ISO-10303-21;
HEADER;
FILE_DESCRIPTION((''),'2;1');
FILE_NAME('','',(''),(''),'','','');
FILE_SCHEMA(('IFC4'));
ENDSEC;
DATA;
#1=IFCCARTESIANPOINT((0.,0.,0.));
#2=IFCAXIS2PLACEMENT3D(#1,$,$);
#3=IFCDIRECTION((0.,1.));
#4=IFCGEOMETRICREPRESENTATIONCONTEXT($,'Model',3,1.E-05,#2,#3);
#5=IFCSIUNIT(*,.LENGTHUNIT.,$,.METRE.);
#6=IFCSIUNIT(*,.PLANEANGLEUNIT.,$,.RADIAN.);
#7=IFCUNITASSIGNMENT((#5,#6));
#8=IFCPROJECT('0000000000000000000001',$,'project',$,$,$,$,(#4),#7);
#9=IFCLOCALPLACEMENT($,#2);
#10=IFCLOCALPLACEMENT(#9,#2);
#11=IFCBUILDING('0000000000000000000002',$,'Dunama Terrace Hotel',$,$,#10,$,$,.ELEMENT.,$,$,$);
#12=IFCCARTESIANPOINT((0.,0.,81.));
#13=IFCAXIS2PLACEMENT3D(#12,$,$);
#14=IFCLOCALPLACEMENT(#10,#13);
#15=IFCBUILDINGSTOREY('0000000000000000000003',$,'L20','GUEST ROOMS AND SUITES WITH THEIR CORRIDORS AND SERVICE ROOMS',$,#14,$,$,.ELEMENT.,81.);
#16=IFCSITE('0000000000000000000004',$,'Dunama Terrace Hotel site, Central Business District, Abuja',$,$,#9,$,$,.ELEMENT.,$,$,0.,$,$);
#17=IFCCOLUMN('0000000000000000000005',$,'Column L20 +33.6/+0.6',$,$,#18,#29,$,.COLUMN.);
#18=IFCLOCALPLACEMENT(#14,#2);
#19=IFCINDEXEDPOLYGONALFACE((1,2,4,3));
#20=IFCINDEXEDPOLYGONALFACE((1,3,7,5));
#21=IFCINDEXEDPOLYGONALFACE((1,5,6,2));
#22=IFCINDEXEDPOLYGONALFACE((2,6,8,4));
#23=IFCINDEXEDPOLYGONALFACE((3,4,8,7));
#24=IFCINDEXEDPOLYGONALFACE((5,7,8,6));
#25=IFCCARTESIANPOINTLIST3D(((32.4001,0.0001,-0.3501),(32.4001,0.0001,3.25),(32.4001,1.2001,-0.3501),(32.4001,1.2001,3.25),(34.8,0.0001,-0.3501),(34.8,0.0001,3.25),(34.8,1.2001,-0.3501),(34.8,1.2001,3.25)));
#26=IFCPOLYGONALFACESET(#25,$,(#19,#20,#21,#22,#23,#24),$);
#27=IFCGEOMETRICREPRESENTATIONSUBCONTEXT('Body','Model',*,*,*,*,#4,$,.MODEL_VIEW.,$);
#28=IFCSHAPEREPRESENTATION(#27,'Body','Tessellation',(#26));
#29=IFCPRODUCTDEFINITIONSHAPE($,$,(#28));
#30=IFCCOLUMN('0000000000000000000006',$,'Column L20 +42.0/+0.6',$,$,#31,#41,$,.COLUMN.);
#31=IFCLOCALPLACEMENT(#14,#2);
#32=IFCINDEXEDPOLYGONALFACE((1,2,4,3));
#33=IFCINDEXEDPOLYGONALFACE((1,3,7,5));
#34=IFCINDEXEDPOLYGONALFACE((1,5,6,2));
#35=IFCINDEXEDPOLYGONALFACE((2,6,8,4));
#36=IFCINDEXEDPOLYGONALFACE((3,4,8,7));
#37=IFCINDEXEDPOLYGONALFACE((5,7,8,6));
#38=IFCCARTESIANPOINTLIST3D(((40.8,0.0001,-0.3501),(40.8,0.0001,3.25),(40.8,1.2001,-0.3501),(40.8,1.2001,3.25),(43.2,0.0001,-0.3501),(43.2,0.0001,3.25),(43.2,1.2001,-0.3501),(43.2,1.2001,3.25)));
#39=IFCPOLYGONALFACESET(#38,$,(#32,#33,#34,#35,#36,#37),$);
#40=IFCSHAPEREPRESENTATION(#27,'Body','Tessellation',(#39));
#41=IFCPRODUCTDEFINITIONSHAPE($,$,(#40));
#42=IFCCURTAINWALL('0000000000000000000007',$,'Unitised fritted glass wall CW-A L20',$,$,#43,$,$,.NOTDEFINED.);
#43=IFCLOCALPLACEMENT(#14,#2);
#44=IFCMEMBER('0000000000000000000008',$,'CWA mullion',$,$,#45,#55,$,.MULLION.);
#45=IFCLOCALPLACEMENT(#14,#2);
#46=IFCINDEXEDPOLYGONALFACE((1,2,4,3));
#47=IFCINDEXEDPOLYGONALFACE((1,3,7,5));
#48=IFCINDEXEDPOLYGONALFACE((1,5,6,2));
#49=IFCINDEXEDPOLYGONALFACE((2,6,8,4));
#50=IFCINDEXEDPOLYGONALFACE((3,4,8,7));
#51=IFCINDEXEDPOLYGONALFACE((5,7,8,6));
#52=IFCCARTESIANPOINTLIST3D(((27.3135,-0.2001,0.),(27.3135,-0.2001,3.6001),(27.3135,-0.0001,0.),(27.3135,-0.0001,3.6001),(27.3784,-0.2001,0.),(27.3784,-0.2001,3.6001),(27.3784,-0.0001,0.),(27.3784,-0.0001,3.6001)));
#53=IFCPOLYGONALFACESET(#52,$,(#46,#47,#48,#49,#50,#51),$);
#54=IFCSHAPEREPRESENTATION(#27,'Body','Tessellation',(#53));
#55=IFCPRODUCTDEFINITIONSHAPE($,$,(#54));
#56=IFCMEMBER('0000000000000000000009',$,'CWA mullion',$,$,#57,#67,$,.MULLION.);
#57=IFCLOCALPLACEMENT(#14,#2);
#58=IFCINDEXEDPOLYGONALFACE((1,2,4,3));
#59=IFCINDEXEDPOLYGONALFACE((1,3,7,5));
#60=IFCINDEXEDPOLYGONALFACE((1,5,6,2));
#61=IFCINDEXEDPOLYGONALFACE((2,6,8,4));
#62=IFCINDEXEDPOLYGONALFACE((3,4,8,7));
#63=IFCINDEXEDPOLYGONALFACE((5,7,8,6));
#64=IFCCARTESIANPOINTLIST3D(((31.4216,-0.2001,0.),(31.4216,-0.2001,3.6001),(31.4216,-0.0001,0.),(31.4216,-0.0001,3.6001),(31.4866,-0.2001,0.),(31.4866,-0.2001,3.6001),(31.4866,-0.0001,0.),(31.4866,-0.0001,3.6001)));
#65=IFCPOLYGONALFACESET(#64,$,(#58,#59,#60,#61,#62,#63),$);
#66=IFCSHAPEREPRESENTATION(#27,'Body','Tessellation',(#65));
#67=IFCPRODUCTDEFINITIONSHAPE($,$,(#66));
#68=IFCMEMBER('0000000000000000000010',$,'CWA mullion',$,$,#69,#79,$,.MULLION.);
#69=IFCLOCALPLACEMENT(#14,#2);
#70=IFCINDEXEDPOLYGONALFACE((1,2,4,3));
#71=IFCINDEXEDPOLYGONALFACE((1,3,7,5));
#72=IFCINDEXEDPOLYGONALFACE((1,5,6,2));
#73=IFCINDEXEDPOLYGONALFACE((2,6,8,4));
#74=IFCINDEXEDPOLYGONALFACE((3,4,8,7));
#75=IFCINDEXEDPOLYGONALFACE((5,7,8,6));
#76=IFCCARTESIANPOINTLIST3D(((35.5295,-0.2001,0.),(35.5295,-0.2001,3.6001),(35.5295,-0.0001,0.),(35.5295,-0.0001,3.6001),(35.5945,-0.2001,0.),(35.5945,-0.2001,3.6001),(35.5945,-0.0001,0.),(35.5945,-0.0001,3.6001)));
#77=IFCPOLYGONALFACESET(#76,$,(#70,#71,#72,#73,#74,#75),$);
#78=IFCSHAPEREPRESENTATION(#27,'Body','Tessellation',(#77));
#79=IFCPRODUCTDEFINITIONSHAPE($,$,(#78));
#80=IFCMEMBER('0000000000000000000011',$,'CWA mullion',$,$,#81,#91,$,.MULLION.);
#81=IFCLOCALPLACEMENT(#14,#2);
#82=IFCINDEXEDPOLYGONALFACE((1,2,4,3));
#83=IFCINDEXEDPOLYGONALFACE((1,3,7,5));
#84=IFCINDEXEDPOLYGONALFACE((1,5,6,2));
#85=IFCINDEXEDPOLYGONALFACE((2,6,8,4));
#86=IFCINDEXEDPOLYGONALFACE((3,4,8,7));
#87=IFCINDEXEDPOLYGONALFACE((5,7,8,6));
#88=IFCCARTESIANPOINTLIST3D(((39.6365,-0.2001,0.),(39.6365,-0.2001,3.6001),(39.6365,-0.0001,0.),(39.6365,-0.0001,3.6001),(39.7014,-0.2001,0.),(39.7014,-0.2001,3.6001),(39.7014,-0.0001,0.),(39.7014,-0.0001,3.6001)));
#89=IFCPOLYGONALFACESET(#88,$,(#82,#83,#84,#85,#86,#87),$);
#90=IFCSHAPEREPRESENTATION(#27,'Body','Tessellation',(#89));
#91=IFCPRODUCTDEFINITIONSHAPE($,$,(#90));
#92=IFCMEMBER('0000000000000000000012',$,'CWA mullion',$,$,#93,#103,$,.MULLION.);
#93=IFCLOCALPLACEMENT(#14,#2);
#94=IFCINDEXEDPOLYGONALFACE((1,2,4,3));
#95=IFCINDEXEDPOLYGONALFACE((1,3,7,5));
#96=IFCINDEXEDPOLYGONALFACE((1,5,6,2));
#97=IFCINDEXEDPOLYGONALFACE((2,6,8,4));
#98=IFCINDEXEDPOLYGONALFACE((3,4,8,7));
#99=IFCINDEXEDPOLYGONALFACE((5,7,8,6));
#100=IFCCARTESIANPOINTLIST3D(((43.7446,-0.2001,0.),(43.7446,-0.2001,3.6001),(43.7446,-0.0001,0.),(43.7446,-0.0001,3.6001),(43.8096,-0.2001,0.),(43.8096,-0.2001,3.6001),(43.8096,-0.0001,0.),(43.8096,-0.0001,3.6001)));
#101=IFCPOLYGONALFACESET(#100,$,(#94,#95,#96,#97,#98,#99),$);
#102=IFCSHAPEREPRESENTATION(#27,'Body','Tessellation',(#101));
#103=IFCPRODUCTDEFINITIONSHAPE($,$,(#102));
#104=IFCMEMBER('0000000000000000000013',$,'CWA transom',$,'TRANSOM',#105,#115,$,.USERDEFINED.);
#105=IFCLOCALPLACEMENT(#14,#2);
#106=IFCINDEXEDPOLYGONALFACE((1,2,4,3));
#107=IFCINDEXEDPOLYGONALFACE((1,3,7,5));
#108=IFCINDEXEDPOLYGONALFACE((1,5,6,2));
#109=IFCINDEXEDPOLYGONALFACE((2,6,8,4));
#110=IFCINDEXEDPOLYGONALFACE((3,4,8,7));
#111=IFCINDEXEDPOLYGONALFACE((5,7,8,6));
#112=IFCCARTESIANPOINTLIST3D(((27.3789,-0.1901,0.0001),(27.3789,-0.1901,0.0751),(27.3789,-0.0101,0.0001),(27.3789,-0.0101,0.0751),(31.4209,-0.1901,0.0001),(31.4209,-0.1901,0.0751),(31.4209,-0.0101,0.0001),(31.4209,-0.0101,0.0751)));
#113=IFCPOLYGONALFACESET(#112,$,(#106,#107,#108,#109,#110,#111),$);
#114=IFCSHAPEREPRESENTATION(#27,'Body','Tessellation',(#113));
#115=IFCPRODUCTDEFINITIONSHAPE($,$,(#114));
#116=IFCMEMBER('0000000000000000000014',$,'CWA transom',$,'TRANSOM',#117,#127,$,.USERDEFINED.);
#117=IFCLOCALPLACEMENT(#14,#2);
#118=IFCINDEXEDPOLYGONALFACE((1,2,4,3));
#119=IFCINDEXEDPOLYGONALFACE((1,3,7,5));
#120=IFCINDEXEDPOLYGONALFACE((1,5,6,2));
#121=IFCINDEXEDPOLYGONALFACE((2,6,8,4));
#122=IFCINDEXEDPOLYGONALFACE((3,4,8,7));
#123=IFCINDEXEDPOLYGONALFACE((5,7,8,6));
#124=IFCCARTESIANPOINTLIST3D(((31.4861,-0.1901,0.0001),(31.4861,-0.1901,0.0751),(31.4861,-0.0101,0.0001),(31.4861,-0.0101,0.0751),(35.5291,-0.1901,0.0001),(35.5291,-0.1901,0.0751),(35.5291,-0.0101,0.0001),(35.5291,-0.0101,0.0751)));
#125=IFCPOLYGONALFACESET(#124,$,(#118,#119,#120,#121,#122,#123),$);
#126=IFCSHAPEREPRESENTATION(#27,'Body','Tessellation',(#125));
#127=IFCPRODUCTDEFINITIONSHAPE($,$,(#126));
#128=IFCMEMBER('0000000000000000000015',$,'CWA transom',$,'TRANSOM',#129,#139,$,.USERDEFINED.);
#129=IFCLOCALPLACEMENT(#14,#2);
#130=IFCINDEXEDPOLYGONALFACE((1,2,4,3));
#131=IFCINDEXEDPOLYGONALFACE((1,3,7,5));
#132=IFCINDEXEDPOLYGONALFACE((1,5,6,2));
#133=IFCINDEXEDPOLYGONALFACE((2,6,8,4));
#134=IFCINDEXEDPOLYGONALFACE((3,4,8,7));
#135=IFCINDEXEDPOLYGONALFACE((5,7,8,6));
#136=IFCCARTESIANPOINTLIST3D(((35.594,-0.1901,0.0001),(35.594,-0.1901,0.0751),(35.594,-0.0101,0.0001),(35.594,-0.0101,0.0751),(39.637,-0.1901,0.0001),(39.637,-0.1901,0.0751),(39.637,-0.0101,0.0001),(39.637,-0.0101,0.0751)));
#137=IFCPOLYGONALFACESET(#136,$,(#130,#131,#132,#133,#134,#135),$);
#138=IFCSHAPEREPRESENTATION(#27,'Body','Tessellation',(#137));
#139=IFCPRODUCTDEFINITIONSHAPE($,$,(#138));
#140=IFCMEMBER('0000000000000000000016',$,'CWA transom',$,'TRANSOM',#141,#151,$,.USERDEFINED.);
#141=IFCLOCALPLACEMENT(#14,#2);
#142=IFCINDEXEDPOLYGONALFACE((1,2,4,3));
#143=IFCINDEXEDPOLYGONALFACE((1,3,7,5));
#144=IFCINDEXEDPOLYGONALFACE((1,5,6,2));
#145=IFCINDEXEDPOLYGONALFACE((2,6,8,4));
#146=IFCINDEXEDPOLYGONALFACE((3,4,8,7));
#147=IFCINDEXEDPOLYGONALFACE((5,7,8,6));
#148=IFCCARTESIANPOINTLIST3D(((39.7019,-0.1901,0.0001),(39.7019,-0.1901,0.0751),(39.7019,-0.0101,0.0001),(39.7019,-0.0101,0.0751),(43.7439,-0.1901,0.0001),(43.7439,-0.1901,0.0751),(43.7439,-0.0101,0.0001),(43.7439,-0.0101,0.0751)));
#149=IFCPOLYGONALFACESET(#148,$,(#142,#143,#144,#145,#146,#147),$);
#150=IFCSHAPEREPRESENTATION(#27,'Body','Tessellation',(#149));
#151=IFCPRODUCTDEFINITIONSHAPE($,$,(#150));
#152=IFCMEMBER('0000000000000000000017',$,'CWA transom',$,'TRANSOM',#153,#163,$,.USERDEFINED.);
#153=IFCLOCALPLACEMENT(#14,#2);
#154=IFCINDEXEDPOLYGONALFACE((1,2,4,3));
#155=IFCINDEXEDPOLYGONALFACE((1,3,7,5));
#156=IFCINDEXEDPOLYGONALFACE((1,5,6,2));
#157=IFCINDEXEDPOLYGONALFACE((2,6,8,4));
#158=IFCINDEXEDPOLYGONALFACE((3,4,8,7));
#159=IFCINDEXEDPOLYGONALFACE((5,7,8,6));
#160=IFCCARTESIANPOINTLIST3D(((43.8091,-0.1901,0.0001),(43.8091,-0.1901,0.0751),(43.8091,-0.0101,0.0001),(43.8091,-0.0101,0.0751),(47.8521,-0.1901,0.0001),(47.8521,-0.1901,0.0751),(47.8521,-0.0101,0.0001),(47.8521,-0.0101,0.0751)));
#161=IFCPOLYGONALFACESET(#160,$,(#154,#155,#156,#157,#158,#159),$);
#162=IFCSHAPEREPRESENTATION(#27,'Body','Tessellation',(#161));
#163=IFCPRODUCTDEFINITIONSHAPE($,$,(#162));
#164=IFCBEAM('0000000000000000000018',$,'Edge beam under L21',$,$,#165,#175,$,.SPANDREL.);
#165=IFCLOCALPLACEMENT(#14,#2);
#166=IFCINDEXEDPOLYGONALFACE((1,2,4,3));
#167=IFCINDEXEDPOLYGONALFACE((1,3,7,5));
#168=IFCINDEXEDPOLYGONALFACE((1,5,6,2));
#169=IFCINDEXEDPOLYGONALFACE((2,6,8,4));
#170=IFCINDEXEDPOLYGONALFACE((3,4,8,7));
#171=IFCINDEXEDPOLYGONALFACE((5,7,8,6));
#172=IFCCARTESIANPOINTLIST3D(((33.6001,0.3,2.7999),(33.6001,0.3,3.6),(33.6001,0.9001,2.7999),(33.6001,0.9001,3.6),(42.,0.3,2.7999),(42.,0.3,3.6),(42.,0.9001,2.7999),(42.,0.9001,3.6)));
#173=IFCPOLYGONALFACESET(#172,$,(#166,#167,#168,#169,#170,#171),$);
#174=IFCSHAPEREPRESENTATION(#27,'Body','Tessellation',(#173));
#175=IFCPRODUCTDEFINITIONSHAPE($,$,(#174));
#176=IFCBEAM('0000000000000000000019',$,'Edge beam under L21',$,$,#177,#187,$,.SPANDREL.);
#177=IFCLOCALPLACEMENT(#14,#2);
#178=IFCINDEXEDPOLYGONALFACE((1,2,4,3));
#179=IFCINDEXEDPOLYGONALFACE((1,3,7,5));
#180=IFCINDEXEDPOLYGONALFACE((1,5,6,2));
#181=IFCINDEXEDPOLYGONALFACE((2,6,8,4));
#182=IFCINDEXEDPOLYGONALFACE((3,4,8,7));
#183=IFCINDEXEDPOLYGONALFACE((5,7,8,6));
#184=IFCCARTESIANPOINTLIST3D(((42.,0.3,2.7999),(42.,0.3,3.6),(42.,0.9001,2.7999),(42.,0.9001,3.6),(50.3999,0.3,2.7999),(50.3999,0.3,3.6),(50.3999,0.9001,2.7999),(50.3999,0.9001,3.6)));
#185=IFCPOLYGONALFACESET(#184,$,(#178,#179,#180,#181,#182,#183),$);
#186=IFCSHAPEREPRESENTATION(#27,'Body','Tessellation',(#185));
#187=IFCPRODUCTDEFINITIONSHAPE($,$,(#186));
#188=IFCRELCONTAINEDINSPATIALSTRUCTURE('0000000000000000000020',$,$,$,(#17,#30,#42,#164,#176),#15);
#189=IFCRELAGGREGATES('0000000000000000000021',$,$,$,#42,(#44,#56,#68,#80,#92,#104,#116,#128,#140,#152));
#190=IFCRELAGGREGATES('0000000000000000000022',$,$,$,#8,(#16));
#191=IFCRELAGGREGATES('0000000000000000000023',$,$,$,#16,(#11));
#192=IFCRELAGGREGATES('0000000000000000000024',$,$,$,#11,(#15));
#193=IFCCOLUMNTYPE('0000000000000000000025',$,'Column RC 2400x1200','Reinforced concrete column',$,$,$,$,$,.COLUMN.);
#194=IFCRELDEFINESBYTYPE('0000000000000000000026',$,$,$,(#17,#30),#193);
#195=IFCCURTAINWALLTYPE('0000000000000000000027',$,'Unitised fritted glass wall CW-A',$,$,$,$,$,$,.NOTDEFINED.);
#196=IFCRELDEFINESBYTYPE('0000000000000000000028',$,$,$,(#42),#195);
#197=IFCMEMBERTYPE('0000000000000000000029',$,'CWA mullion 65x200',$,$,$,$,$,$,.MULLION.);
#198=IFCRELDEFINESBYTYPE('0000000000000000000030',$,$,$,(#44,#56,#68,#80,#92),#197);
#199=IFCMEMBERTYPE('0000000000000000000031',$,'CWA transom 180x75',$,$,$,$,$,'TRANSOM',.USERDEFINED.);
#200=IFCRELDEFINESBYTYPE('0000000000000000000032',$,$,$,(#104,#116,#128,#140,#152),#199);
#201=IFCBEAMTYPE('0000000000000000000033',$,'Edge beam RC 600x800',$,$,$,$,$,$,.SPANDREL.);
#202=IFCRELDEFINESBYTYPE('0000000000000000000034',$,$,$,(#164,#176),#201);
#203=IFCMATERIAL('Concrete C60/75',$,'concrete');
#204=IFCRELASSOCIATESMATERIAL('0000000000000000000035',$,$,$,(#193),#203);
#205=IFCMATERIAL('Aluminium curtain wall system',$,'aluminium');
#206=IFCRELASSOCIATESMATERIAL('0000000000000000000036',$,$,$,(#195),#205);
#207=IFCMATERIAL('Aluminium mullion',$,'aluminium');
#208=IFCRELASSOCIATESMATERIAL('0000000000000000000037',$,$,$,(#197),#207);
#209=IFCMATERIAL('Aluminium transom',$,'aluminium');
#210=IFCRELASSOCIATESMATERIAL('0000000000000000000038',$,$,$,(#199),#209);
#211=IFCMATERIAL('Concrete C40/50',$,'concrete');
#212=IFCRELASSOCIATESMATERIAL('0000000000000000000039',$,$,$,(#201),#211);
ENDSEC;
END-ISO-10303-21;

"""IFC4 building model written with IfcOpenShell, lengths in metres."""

from ifc_helpers import new_model, si_unit, direction, frame, origin, origin_2d, place, context, subcontext, project, spatial, rectangle, extrude, material, material_profile, profile_set, type_object, element, aggregate, save


model = new_model("IFC4")

# Units and contexts
model_context = context("Model", 3, precision=1e-05, world=origin(), true_north=direction((0.0, 1.0)))
body_context = subcontext(model_context, "Body", "Model", "MODEL_VIEW")
ifc_project = project(units=[si_unit("LENGTHUNIT", "METRE"), si_unit("PLANEANGLEUNIT", "RADIAN")], contexts=[model_context])

# Site, building, storey
site_placement = place(None, origin())
site = spatial("IfcSite", under=ifc_project, at=site_placement, Name="Dunama Terrace Hotel site, Central Business District, Abuja", CompositionType="ELEMENT", RefElevation=0.0)
building_placement = place(site_placement, origin())
building = spatial("IfcBuilding", under=site, at=building_placement, Name="Dunama Terrace Hotel", CompositionType="ELEMENT")
storey_placement = place(building_placement, frame((0.0, 0.0, 81.0)))
storey = spatial("IfcBuildingStorey", under=building, at=storey_placement, Name="L20", Description="GUEST ROOMS AND SUITES WITH THEIR CORRIDORS AND SERVICE ROOMS", CompositionType="ELEMENT", Elevation=81.0)

# Columns
ifc_material_1 = material(Name="Concrete C60/75", Category="concrete")
ifc_material_profile_1 = material_profile(ifc_material_1, rectangle(XDim=2.3999, YDim=1.2, at=origin_2d()), Name="RC 2400x1200")
ifc_profile_set_1 = profile_set([ifc_material_profile_1], Name="Concrete C60/75")
column_type = type_object("IfcColumnType", Name="Column RC 2400x1200", Description="Reinforced concrete column", PredefinedType="COLUMN", material=ifc_profile_set_1)
for number, where, z_axis, x_axis, name in (
    (1, (33.6001, 0.6001, -0.3501), (0.0, 0.0, 1.0), (1.0, 0.0, 0.0), "Column L20 +33.6/+0.6"),
    (2, (42.0, 0.6001, -0.3501), (0.0, 0.0, 1.0), (1.0, 0.0, 0.0), "Column L20 +42.0/+0.6"),
):
    element("IfcColumn", number, at=place(storey_placement, frame(where, z_axis=z_axis, x_axis=x_axis)), inside=storey, type_object=column_type, Name=name, PredefinedType="COLUMN", context=body_context, shape_type="SweptSolid", body=[
        extrude(rectangle(XDim=2.3999, YDim=1.2, at=origin_2d()), origin(), (0.0, 0.0, 1.0), 3.6001),
    ])

# Curtain wall, members
ifc_material_2 = material(Name="Aluminium curtain wall system", Category="aluminium")
curtain_wall_type = type_object("IfcCurtainWallType", Name="Unitised fritted glass wall CW-A", PredefinedType="NOTDEFINED", material=ifc_material_2)
curtain_wall_placement = place(storey_placement, origin())
curtain_wall = element("IfcCurtainWall", 3, at=curtain_wall_placement, inside=storey, type_object=curtain_wall_type, Name="Unitised fritted glass wall CW-A L20", PredefinedType="NOTDEFINED")
ifc_material_3 = material(Name="Aluminium mullion", Category="aluminium")
ifc_material_profile_2 = material_profile(ifc_material_3, rectangle(XDim=0.0649, YDim=0.2, at=origin_2d()), Name="CWA MULLION 65X200")
ifc_profile_set_2 = profile_set([ifc_material_profile_2], Name="Aluminium mullion")
member_type_1 = type_object("IfcMemberType", Name="CWA mullion 65x200", PredefinedType="MULLION", material=ifc_profile_set_2)
member_1_placement = place(storey_placement, frame((27.3459, -0.1001, 0.0), z_axis=(0.0, 0.0, 1.0), x_axis=(1.0, 0.0, 0.0)))
member_1 = element("IfcMember", 4, at=member_1_placement, type_object=member_type_1, Name="CWA mullion", PredefinedType="MULLION", context=body_context, shape_type="SweptSolid", body=[
    extrude(rectangle(XDim=0.0649, YDim=0.2, at=origin_2d()), origin(), (0.0, 0.0, 1.0), 3.6001),
])
member_2_placement = place(storey_placement, frame((31.4541, -0.1001, 0.0), z_axis=(0.0, 0.0, 1.0), x_axis=(1.0, 0.0, 0.0)))
member_2 = element("IfcMember", 5, at=member_2_placement, type_object=member_type_1, Name="CWA mullion", PredefinedType="MULLION", context=body_context, shape_type="SweptSolid", body=[
    extrude(rectangle(XDim=0.0649, YDim=0.2, at=origin_2d()), origin(), (0.0, 0.0, 1.0), 3.6001),
])
member_3_placement = place(storey_placement, frame((35.562, -0.1001, 0.0), z_axis=(0.0, 0.0, 1.0), x_axis=(1.0, 0.0, 0.0)))
member_3 = element("IfcMember", 6, at=member_3_placement, type_object=member_type_1, Name="CWA mullion", PredefinedType="MULLION", context=body_context, shape_type="SweptSolid", body=[
    extrude(rectangle(XDim=0.0649, YDim=0.2, at=origin_2d()), origin(), (0.0, 0.0, 1.0), 3.6001),
])
member_4_placement = place(storey_placement, frame((39.6689, -0.1001, 0.0), z_axis=(0.0, 0.0, 1.0), x_axis=(1.0, 0.0, 0.0)))
member_4 = element("IfcMember", 7, at=member_4_placement, type_object=member_type_1, Name="CWA mullion", PredefinedType="MULLION", context=body_context, shape_type="SweptSolid", body=[
    extrude(rectangle(XDim=0.0649, YDim=0.2, at=origin_2d()), origin(), (0.0, 0.0, 1.0), 3.6001),
])
member_5_placement = place(storey_placement, frame((43.7771, -0.1001, 0.0), z_axis=(0.0, 0.0, 1.0), x_axis=(1.0, 0.0, 0.0)))
member_5 = element("IfcMember", 8, at=member_5_placement, type_object=member_type_1, Name="CWA mullion", PredefinedType="MULLION", context=body_context, shape_type="SweptSolid", body=[
    extrude(rectangle(XDim=0.0649, YDim=0.2, at=origin_2d()), origin(), (0.0, 0.0, 1.0), 3.6001),
])
ifc_material_4 = material(Name="Aluminium transom", Category="aluminium")
ifc_material_profile_3 = material_profile(ifc_material_4, rectangle(XDim=0.1799, YDim=0.075, at=origin_2d()), Name="CWA TRANSOM 180X75")
ifc_profile_set_3 = profile_set([ifc_material_profile_3], Name="Aluminium transom")
member_type_2 = type_object("IfcMemberType", Name="CWA transom 180x75", ElementType="TRANSOM", PredefinedType="USERDEFINED", material=ifc_profile_set_3)
member_6_placement = place(storey_placement, frame((27.3789, -0.1001, 0.0376), z_axis=(1.0, 0.0, 0.0), x_axis=(0.0, 1.0, 0.0)))
member_6 = element("IfcMember", 9, at=member_6_placement, type_object=member_type_2, Name="CWA transom", ObjectType="TRANSOM", PredefinedType="USERDEFINED", context=body_context, shape_type="SweptSolid", body=[
    extrude(rectangle(XDim=0.1799, YDim=0.075, at=origin_2d()), origin(), (0.0, 0.0, 1.0), 4.042),
])
member_7_placement = place(storey_placement, frame((31.4861, -0.1001, 0.0376), z_axis=(1.0, 0.0, 0.0), x_axis=(0.0, 1.0, 0.0)))
member_7 = element("IfcMember", 10, at=member_7_placement, type_object=member_type_2, Name="CWA transom", ObjectType="TRANSOM", PredefinedType="USERDEFINED", context=body_context, shape_type="SweptSolid", body=[
    extrude(rectangle(XDim=0.1799, YDim=0.075, at=origin_2d()), origin(), (0.0, 0.0, 1.0), 4.043),
])
member_8_placement = place(storey_placement, frame((35.594, -0.1001, 0.0376), z_axis=(1.0, 0.0, 0.0), x_axis=(0.0, 1.0, 0.0)))
member_8 = element("IfcMember", 11, at=member_8_placement, type_object=member_type_2, Name="CWA transom", ObjectType="TRANSOM", PredefinedType="USERDEFINED", context=body_context, shape_type="SweptSolid", body=[
    extrude(rectangle(XDim=0.1799, YDim=0.075, at=origin_2d()), origin(), (0.0, 0.0, 1.0), 4.043),
])
member_9_placement = place(storey_placement, frame((39.7019, -0.1001, 0.0376), z_axis=(1.0, 0.0, 0.0), x_axis=(0.0, 1.0, 0.0)))
member_9 = element("IfcMember", 12, at=member_9_placement, type_object=member_type_2, Name="CWA transom", ObjectType="TRANSOM", PredefinedType="USERDEFINED", context=body_context, shape_type="SweptSolid", body=[
    extrude(rectangle(XDim=0.1799, YDim=0.075, at=origin_2d()), origin(), (0.0, 0.0, 1.0), 4.042),
])
member_10_placement = place(storey_placement, frame((43.8091, -0.1001, 0.0376), z_axis=(1.0, 0.0, 0.0), x_axis=(0.0, 1.0, 0.0)))
member_10 = element("IfcMember", 13, at=member_10_placement, type_object=member_type_2, Name="CWA transom", ObjectType="TRANSOM", PredefinedType="USERDEFINED", context=body_context, shape_type="SweptSolid", body=[
    extrude(rectangle(XDim=0.1799, YDim=0.075, at=origin_2d()), origin(), (0.0, 0.0, 1.0), 4.043),
])

# Beams
ifc_material_5 = material(Name="Concrete C40/50", Category="concrete")
ifc_material_profile_4 = material_profile(ifc_material_5, rectangle(XDim=0.6001, YDim=0.8, at=origin_2d()), Name="RC 600x800")
ifc_profile_set_4 = profile_set([ifc_material_profile_4], Name="Concrete C40/50")
beam_type = type_object("IfcBeamType", Name="Edge beam RC 600x800", PredefinedType="SPANDREL", material=ifc_profile_set_4)
for number, where, z_axis, x_axis, name in (
    (14, (33.6001, 0.6001, 3.2), (1.0, 0.0, 0.0), (0.0, 1.0, 0.0), "Edge beam under L21"),
    (15, (42.0, 0.6001, 3.2), (1.0, 0.0, 0.0), (0.0, 1.0, 0.0), "Edge beam under L21"),
):
    element("IfcBeam", number, at=place(storey_placement, frame(where, z_axis=z_axis, x_axis=x_axis)), inside=storey, type_object=beam_type, Name=name, PredefinedType="SPANDREL", context=body_context, shape_type="SweptSolid", body=[
        extrude(rectangle(XDim=0.6001, YDim=0.8, at=origin_2d()), origin(), (0.0, 0.0, 1.0), 8.3999),
    ])

aggregate(curtain_wall, [member_1, member_2, member_3, member_4, member_5, member_6, member_7, member_8, member_9, member_10])

save(model, "model.ifc")
